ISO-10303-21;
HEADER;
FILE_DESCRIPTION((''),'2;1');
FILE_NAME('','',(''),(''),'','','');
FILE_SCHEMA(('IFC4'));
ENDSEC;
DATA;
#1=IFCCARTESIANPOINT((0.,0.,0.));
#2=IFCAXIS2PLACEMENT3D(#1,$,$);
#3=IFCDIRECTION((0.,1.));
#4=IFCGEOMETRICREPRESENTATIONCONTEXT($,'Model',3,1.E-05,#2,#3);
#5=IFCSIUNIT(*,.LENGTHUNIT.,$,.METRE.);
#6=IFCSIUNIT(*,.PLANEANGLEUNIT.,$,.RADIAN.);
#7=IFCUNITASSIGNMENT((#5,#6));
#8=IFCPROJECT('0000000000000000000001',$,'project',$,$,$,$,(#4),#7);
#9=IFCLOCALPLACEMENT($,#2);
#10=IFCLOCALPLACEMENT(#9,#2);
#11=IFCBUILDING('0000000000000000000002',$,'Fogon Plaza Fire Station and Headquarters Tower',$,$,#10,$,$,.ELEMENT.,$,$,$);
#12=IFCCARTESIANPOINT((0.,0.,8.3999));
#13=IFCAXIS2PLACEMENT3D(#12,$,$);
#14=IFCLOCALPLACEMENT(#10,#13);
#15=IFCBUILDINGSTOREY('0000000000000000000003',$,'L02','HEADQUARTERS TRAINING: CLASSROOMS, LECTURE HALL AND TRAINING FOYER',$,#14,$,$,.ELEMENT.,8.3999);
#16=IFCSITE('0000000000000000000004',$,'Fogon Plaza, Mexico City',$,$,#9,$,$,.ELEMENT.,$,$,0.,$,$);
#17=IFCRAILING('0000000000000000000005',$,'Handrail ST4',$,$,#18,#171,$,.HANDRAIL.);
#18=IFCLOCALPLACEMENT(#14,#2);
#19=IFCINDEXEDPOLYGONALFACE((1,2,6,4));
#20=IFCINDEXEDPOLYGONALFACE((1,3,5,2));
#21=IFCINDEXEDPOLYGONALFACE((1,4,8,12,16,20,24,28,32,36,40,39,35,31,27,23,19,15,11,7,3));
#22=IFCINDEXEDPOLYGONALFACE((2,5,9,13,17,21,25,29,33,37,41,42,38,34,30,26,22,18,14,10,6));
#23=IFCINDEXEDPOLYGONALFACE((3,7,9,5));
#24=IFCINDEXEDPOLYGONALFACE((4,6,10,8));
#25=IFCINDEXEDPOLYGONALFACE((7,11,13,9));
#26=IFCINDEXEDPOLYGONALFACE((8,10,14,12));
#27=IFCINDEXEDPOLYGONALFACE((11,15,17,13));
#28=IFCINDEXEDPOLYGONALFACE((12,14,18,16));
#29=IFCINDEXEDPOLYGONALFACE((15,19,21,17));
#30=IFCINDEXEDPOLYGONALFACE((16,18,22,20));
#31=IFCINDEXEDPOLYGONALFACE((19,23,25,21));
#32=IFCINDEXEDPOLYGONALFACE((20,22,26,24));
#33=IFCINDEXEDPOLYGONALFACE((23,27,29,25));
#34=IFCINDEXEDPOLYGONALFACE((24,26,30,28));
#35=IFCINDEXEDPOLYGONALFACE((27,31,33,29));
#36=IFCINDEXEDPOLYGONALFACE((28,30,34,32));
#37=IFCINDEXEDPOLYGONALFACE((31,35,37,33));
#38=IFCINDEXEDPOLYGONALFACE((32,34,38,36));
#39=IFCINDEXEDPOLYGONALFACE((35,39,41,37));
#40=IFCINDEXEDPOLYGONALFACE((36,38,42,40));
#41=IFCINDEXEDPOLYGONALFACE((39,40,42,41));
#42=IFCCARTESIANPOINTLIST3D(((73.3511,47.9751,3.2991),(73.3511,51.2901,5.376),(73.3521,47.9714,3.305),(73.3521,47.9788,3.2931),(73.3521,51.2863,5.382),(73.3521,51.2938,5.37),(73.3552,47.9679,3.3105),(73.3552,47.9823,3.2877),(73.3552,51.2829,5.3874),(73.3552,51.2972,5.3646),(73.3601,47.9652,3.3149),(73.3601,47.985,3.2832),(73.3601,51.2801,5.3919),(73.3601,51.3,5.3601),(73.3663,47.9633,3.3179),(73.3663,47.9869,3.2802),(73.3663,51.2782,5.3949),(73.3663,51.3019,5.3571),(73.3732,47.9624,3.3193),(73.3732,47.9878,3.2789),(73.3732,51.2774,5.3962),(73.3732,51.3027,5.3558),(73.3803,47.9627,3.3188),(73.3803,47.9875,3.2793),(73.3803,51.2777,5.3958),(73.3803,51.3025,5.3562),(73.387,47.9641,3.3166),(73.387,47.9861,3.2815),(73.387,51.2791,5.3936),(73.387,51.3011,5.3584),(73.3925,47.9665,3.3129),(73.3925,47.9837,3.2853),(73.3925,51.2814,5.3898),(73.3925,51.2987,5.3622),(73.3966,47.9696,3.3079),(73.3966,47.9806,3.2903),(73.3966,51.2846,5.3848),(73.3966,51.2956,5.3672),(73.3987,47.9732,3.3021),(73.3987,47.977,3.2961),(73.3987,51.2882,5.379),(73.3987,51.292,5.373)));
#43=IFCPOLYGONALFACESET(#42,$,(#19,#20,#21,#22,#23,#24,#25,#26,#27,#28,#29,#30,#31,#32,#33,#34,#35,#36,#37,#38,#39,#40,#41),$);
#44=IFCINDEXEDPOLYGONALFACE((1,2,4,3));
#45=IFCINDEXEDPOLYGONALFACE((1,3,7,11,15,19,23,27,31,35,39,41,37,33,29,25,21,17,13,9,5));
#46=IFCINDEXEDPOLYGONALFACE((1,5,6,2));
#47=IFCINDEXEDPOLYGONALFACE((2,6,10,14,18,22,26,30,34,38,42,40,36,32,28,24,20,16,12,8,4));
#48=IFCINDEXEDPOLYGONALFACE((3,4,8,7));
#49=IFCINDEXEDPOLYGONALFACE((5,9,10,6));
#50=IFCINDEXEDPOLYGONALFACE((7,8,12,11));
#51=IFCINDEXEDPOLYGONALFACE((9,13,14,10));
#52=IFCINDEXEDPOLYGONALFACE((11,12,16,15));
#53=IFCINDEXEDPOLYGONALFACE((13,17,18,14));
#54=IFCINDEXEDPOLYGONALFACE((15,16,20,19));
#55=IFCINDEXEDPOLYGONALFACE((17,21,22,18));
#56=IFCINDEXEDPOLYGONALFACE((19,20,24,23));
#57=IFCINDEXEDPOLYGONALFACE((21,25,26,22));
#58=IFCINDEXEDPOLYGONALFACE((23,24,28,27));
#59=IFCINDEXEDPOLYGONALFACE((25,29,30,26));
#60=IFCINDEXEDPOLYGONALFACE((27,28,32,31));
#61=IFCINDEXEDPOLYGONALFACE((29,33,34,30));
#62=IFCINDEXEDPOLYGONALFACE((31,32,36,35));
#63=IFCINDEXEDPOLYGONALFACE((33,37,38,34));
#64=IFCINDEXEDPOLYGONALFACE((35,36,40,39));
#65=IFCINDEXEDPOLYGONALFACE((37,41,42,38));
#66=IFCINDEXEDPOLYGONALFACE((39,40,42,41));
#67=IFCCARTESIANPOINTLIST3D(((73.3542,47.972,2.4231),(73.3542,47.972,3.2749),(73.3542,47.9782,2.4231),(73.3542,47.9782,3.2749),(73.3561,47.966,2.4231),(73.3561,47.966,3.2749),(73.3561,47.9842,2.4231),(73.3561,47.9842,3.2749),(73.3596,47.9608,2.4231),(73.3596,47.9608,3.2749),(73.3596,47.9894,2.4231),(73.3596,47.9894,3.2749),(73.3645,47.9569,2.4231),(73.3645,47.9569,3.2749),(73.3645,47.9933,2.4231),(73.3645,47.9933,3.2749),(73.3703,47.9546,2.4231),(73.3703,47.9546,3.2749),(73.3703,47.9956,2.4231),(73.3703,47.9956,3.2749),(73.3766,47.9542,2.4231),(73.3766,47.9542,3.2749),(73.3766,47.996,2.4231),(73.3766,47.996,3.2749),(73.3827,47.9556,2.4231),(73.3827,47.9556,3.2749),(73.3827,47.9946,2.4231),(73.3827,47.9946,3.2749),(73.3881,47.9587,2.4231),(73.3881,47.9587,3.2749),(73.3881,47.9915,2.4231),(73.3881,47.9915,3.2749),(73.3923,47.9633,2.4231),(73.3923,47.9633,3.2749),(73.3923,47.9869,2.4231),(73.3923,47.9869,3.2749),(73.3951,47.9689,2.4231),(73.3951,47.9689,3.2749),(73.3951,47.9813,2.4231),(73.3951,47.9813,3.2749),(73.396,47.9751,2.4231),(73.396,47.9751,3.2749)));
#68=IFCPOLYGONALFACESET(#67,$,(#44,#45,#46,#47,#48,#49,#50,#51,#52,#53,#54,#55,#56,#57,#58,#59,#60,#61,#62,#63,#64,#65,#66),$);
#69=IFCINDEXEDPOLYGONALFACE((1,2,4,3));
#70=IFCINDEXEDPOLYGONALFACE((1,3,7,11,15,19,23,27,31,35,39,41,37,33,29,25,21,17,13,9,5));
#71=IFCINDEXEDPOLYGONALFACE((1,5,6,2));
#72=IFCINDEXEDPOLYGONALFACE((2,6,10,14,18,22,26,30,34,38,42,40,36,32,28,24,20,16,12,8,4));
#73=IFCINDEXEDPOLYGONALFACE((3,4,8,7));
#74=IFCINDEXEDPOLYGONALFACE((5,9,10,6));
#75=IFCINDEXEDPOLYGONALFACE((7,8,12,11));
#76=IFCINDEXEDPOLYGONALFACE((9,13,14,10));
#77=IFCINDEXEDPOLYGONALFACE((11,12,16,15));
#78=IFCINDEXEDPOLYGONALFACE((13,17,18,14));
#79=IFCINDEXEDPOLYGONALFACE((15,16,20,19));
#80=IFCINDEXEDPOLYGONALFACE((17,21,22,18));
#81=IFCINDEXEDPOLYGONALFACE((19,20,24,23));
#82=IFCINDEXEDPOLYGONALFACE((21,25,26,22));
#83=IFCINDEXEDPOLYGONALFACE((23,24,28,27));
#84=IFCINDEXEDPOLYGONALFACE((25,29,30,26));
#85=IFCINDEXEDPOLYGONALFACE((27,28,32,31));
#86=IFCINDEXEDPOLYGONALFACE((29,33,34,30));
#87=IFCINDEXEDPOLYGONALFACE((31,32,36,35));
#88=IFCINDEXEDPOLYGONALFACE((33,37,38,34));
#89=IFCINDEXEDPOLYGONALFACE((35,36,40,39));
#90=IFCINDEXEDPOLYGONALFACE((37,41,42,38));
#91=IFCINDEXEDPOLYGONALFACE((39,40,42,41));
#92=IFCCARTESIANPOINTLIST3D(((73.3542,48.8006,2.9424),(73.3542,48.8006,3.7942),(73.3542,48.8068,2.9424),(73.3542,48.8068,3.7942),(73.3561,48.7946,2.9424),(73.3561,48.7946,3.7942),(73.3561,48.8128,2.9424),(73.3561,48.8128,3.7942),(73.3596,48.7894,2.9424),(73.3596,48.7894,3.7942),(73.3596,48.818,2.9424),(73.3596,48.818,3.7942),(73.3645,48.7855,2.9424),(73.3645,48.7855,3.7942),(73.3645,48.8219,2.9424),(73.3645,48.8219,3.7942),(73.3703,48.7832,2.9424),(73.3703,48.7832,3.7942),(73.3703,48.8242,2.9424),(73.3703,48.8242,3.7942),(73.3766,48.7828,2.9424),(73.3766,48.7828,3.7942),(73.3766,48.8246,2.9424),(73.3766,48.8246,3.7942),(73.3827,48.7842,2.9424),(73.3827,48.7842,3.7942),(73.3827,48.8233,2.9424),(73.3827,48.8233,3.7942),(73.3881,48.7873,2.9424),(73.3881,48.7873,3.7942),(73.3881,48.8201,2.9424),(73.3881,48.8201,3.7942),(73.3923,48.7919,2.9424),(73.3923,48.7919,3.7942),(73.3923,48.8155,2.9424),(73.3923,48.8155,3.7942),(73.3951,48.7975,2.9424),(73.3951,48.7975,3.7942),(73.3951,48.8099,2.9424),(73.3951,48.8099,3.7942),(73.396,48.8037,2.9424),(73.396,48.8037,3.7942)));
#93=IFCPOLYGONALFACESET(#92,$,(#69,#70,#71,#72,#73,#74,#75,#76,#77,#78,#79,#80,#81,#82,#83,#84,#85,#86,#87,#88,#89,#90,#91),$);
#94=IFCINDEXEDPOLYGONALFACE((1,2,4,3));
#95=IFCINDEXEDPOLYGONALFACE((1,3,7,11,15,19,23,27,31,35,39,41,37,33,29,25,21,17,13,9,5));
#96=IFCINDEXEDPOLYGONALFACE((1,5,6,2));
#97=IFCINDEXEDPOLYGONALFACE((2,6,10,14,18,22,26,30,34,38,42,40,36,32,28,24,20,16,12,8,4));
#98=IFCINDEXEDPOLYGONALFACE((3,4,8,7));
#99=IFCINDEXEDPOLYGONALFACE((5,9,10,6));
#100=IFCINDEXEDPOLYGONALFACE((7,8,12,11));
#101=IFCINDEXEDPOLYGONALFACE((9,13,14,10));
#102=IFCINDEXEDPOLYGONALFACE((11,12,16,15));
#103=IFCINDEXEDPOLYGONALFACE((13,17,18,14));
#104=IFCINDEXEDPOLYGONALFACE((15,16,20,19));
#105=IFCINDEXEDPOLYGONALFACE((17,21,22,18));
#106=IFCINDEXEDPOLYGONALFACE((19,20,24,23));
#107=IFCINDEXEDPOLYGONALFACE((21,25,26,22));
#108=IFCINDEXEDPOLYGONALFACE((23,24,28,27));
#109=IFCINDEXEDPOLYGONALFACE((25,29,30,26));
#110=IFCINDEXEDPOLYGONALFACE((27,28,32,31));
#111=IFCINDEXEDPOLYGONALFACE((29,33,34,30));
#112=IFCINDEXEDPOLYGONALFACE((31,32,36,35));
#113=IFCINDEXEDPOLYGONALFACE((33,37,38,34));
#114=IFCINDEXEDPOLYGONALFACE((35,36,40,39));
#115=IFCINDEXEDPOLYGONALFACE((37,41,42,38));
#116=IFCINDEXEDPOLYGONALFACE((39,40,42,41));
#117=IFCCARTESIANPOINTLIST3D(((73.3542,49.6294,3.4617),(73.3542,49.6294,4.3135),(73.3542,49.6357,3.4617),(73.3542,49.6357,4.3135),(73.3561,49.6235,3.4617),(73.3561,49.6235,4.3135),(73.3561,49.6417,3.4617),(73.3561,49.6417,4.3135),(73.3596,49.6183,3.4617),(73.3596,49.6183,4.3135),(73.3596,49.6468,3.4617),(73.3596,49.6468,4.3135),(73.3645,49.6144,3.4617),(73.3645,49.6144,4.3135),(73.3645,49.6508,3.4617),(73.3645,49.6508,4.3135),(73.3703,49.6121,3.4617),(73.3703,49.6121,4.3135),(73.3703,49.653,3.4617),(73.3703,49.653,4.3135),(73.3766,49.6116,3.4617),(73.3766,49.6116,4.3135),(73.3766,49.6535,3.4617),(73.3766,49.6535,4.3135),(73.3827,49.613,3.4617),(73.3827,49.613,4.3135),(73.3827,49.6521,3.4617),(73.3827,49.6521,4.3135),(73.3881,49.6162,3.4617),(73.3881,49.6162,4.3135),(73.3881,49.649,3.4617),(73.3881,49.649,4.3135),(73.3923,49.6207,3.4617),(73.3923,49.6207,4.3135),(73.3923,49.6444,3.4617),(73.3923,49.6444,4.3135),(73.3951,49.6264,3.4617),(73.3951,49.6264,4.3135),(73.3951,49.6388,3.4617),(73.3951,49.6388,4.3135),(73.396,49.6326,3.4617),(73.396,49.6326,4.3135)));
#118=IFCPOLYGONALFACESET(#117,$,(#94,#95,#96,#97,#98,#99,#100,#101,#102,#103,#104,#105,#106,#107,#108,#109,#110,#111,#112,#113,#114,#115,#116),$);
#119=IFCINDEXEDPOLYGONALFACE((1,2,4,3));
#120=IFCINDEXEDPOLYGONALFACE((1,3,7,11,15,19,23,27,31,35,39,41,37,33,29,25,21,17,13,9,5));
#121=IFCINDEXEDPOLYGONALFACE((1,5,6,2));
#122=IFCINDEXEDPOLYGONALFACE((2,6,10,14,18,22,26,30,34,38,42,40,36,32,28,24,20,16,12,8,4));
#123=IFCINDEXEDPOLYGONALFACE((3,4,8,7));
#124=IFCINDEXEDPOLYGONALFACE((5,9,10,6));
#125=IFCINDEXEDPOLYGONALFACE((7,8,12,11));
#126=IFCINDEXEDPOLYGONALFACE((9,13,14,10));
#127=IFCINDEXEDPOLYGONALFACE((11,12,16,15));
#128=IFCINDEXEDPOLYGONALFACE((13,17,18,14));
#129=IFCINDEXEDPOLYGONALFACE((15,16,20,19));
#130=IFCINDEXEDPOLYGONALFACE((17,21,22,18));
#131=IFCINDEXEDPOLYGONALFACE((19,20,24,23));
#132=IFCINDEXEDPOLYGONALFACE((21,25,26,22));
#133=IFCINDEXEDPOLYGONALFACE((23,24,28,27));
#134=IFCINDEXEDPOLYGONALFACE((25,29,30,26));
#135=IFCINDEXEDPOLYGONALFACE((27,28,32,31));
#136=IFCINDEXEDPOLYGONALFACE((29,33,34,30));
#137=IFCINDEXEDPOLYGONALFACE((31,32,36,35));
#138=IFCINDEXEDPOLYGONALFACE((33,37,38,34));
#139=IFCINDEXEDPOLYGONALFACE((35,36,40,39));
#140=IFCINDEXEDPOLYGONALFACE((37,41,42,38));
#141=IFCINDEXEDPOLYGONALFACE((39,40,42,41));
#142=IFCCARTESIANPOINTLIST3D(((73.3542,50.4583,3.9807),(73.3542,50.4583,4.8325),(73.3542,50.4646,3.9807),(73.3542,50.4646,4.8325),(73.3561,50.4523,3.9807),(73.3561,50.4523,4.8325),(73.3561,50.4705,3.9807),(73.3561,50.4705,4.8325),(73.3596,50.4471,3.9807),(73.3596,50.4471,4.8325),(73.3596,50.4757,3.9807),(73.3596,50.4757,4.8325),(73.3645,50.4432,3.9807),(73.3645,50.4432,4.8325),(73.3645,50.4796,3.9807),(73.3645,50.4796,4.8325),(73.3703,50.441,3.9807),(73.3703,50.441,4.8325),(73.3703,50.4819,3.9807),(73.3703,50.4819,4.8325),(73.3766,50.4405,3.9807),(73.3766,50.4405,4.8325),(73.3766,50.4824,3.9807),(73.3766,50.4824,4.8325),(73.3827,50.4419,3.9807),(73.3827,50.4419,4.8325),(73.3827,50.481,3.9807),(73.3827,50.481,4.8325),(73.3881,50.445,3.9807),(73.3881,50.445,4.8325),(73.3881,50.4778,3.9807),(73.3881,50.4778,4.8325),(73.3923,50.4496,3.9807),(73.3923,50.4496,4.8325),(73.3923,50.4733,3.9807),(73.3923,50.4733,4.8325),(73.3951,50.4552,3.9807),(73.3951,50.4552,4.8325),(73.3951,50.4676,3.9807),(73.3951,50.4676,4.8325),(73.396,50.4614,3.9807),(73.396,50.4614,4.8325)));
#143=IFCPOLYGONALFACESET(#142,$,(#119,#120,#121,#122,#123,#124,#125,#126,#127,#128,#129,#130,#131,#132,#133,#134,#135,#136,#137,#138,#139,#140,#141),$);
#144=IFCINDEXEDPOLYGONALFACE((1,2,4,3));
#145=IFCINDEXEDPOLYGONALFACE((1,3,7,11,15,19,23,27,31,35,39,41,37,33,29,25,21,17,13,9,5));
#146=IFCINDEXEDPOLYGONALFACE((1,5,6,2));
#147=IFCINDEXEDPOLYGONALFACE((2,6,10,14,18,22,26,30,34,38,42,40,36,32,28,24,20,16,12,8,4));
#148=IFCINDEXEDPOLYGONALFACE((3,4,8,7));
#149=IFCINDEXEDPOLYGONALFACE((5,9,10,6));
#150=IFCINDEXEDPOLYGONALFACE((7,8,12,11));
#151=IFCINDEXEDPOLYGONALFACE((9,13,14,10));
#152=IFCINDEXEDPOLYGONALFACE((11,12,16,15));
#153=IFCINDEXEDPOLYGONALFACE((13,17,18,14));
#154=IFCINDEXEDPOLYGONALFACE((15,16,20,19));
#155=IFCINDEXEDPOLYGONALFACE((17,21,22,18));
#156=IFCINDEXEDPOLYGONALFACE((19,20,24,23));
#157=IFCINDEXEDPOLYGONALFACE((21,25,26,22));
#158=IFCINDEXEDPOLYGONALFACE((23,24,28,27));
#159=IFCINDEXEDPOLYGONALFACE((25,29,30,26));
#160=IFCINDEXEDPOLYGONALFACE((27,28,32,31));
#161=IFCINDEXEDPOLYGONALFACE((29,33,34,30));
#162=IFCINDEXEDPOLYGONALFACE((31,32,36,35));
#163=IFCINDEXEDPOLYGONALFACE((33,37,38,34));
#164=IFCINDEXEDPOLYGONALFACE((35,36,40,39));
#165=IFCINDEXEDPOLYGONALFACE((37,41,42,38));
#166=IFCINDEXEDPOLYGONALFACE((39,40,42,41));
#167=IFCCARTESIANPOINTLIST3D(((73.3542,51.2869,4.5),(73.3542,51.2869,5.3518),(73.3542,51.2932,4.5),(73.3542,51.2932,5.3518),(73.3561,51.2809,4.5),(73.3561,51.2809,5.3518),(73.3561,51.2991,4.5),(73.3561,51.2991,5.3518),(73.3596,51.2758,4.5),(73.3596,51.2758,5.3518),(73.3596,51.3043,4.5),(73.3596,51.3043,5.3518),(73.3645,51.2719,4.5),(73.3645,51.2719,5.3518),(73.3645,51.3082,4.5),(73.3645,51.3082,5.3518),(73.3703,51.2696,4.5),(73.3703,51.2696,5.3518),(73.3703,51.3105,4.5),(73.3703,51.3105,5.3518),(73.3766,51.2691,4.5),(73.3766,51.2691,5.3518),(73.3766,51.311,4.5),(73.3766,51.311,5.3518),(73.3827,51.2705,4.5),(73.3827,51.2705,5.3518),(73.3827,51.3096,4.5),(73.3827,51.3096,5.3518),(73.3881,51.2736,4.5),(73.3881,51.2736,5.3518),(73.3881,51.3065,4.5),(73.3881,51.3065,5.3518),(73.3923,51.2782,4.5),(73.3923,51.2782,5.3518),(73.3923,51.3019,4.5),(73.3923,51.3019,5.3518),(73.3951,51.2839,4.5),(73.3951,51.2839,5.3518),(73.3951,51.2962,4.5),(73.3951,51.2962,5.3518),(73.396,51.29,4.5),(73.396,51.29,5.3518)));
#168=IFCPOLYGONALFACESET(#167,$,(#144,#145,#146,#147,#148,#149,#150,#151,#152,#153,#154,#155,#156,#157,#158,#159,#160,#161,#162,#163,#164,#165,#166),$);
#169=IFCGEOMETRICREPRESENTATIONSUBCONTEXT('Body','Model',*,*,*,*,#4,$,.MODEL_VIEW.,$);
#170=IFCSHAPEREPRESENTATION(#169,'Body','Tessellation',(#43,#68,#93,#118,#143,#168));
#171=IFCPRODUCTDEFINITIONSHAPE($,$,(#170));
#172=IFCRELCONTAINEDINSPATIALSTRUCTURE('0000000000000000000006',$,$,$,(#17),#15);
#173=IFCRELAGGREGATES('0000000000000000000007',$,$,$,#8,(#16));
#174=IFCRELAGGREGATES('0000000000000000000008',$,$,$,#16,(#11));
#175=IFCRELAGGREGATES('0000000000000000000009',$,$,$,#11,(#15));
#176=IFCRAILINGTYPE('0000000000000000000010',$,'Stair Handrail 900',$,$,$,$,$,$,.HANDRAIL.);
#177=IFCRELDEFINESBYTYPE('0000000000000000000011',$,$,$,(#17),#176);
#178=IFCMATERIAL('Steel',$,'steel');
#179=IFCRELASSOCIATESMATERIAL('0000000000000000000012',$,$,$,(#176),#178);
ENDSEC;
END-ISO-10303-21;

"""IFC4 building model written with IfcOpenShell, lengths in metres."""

from ifc_helpers import new_model, si_unit, direction, frame, origin, origin_2d, place, context, subcontext, project, spatial, circle, extrude, material, type_object, element, save


model = new_model("IFC4")

# Units and contexts
model_context = context("Model", 3, precision=1e-05, world=origin(), true_north=direction((0.0, 1.0)))
body_context = subcontext(model_context, "Body", "Model", "MODEL_VIEW")
ifc_project = project(units=[si_unit("LENGTHUNIT", "METRE"), si_unit("PLANEANGLEUNIT", "RADIAN")], contexts=[model_context])

# Site, building, storey
site_placement = place(None, origin())
site = spatial("IfcSite", under=ifc_project, at=site_placement, Name="Fogon Plaza, Mexico City", CompositionType="ELEMENT", RefElevation=0.0)
building_placement = place(site_placement, origin())
building = spatial("IfcBuilding", under=site, at=building_placement, Name="Fogon Plaza Fire Station and Headquarters Tower", CompositionType="ELEMENT")
storey_placement = place(building_placement, frame((0.0, 0.0, 8.3999)))
storey = spatial("IfcBuildingStorey", under=building, at=storey_placement, Name="L02", Description="HEADQUARTERS TRAINING: CLASSROOMS, LECTURE HALL AND TRAINING FOYER", CompositionType="ELEMENT", Elevation=8.3999)

# Railing
ifc_material_1 = material(Name="Steel", Category="steel")
railing_type = type_object("IfcRailingType", Name="Stair Handrail 900", PredefinedType="HANDRAIL", material=ifc_material_1)
for number, where, name in (
    (1, (73.375, 47.9751, 2.4231), "Handrail ST4"),
):
    element("IfcRailing", number, at=place(storey_placement, frame(where)), inside=storey, type_object=railing_type, Name=name, PredefinedType="HANDRAIL", context=body_context, shape_type="SweptSolid", body=[
        extrude(circle(Radius=0.0239, at=origin_2d()), frame((0.0, 0.0, 0.876), z_axis=(0.0, 0.847416, 0.53093), x_axis=(-1.0, 0.0, 0.0)), (0.0, 0.0, 1.0), 3.9119),
        extrude(circle(Radius=0.021, at=origin_2d()), origin(), (0.0, 0.0, 1.0), 0.8518),
        extrude(circle(Radius=0.021, at=origin_2d()), frame((0.0, 0.8286, 0.5193)), (0.0, 0.0, 1.0), 0.8518),
        extrude(circle(Radius=0.021, at=origin_2d()), frame((0.0, 1.6575, 1.0386)), (0.0, 0.0, 1.0), 0.8518),
        extrude(circle(Radius=0.021, at=origin_2d()), frame((0.0, 2.4863, 1.5576)), (0.0, 0.0, 1.0), 0.8518),
        extrude(circle(Radius=0.021, at=origin_2d()), frame((0.0, 3.3149, 2.0769)), (0.0, 0.0, 1.0), 0.8518),
    ])

save(model, "model.ifc")
